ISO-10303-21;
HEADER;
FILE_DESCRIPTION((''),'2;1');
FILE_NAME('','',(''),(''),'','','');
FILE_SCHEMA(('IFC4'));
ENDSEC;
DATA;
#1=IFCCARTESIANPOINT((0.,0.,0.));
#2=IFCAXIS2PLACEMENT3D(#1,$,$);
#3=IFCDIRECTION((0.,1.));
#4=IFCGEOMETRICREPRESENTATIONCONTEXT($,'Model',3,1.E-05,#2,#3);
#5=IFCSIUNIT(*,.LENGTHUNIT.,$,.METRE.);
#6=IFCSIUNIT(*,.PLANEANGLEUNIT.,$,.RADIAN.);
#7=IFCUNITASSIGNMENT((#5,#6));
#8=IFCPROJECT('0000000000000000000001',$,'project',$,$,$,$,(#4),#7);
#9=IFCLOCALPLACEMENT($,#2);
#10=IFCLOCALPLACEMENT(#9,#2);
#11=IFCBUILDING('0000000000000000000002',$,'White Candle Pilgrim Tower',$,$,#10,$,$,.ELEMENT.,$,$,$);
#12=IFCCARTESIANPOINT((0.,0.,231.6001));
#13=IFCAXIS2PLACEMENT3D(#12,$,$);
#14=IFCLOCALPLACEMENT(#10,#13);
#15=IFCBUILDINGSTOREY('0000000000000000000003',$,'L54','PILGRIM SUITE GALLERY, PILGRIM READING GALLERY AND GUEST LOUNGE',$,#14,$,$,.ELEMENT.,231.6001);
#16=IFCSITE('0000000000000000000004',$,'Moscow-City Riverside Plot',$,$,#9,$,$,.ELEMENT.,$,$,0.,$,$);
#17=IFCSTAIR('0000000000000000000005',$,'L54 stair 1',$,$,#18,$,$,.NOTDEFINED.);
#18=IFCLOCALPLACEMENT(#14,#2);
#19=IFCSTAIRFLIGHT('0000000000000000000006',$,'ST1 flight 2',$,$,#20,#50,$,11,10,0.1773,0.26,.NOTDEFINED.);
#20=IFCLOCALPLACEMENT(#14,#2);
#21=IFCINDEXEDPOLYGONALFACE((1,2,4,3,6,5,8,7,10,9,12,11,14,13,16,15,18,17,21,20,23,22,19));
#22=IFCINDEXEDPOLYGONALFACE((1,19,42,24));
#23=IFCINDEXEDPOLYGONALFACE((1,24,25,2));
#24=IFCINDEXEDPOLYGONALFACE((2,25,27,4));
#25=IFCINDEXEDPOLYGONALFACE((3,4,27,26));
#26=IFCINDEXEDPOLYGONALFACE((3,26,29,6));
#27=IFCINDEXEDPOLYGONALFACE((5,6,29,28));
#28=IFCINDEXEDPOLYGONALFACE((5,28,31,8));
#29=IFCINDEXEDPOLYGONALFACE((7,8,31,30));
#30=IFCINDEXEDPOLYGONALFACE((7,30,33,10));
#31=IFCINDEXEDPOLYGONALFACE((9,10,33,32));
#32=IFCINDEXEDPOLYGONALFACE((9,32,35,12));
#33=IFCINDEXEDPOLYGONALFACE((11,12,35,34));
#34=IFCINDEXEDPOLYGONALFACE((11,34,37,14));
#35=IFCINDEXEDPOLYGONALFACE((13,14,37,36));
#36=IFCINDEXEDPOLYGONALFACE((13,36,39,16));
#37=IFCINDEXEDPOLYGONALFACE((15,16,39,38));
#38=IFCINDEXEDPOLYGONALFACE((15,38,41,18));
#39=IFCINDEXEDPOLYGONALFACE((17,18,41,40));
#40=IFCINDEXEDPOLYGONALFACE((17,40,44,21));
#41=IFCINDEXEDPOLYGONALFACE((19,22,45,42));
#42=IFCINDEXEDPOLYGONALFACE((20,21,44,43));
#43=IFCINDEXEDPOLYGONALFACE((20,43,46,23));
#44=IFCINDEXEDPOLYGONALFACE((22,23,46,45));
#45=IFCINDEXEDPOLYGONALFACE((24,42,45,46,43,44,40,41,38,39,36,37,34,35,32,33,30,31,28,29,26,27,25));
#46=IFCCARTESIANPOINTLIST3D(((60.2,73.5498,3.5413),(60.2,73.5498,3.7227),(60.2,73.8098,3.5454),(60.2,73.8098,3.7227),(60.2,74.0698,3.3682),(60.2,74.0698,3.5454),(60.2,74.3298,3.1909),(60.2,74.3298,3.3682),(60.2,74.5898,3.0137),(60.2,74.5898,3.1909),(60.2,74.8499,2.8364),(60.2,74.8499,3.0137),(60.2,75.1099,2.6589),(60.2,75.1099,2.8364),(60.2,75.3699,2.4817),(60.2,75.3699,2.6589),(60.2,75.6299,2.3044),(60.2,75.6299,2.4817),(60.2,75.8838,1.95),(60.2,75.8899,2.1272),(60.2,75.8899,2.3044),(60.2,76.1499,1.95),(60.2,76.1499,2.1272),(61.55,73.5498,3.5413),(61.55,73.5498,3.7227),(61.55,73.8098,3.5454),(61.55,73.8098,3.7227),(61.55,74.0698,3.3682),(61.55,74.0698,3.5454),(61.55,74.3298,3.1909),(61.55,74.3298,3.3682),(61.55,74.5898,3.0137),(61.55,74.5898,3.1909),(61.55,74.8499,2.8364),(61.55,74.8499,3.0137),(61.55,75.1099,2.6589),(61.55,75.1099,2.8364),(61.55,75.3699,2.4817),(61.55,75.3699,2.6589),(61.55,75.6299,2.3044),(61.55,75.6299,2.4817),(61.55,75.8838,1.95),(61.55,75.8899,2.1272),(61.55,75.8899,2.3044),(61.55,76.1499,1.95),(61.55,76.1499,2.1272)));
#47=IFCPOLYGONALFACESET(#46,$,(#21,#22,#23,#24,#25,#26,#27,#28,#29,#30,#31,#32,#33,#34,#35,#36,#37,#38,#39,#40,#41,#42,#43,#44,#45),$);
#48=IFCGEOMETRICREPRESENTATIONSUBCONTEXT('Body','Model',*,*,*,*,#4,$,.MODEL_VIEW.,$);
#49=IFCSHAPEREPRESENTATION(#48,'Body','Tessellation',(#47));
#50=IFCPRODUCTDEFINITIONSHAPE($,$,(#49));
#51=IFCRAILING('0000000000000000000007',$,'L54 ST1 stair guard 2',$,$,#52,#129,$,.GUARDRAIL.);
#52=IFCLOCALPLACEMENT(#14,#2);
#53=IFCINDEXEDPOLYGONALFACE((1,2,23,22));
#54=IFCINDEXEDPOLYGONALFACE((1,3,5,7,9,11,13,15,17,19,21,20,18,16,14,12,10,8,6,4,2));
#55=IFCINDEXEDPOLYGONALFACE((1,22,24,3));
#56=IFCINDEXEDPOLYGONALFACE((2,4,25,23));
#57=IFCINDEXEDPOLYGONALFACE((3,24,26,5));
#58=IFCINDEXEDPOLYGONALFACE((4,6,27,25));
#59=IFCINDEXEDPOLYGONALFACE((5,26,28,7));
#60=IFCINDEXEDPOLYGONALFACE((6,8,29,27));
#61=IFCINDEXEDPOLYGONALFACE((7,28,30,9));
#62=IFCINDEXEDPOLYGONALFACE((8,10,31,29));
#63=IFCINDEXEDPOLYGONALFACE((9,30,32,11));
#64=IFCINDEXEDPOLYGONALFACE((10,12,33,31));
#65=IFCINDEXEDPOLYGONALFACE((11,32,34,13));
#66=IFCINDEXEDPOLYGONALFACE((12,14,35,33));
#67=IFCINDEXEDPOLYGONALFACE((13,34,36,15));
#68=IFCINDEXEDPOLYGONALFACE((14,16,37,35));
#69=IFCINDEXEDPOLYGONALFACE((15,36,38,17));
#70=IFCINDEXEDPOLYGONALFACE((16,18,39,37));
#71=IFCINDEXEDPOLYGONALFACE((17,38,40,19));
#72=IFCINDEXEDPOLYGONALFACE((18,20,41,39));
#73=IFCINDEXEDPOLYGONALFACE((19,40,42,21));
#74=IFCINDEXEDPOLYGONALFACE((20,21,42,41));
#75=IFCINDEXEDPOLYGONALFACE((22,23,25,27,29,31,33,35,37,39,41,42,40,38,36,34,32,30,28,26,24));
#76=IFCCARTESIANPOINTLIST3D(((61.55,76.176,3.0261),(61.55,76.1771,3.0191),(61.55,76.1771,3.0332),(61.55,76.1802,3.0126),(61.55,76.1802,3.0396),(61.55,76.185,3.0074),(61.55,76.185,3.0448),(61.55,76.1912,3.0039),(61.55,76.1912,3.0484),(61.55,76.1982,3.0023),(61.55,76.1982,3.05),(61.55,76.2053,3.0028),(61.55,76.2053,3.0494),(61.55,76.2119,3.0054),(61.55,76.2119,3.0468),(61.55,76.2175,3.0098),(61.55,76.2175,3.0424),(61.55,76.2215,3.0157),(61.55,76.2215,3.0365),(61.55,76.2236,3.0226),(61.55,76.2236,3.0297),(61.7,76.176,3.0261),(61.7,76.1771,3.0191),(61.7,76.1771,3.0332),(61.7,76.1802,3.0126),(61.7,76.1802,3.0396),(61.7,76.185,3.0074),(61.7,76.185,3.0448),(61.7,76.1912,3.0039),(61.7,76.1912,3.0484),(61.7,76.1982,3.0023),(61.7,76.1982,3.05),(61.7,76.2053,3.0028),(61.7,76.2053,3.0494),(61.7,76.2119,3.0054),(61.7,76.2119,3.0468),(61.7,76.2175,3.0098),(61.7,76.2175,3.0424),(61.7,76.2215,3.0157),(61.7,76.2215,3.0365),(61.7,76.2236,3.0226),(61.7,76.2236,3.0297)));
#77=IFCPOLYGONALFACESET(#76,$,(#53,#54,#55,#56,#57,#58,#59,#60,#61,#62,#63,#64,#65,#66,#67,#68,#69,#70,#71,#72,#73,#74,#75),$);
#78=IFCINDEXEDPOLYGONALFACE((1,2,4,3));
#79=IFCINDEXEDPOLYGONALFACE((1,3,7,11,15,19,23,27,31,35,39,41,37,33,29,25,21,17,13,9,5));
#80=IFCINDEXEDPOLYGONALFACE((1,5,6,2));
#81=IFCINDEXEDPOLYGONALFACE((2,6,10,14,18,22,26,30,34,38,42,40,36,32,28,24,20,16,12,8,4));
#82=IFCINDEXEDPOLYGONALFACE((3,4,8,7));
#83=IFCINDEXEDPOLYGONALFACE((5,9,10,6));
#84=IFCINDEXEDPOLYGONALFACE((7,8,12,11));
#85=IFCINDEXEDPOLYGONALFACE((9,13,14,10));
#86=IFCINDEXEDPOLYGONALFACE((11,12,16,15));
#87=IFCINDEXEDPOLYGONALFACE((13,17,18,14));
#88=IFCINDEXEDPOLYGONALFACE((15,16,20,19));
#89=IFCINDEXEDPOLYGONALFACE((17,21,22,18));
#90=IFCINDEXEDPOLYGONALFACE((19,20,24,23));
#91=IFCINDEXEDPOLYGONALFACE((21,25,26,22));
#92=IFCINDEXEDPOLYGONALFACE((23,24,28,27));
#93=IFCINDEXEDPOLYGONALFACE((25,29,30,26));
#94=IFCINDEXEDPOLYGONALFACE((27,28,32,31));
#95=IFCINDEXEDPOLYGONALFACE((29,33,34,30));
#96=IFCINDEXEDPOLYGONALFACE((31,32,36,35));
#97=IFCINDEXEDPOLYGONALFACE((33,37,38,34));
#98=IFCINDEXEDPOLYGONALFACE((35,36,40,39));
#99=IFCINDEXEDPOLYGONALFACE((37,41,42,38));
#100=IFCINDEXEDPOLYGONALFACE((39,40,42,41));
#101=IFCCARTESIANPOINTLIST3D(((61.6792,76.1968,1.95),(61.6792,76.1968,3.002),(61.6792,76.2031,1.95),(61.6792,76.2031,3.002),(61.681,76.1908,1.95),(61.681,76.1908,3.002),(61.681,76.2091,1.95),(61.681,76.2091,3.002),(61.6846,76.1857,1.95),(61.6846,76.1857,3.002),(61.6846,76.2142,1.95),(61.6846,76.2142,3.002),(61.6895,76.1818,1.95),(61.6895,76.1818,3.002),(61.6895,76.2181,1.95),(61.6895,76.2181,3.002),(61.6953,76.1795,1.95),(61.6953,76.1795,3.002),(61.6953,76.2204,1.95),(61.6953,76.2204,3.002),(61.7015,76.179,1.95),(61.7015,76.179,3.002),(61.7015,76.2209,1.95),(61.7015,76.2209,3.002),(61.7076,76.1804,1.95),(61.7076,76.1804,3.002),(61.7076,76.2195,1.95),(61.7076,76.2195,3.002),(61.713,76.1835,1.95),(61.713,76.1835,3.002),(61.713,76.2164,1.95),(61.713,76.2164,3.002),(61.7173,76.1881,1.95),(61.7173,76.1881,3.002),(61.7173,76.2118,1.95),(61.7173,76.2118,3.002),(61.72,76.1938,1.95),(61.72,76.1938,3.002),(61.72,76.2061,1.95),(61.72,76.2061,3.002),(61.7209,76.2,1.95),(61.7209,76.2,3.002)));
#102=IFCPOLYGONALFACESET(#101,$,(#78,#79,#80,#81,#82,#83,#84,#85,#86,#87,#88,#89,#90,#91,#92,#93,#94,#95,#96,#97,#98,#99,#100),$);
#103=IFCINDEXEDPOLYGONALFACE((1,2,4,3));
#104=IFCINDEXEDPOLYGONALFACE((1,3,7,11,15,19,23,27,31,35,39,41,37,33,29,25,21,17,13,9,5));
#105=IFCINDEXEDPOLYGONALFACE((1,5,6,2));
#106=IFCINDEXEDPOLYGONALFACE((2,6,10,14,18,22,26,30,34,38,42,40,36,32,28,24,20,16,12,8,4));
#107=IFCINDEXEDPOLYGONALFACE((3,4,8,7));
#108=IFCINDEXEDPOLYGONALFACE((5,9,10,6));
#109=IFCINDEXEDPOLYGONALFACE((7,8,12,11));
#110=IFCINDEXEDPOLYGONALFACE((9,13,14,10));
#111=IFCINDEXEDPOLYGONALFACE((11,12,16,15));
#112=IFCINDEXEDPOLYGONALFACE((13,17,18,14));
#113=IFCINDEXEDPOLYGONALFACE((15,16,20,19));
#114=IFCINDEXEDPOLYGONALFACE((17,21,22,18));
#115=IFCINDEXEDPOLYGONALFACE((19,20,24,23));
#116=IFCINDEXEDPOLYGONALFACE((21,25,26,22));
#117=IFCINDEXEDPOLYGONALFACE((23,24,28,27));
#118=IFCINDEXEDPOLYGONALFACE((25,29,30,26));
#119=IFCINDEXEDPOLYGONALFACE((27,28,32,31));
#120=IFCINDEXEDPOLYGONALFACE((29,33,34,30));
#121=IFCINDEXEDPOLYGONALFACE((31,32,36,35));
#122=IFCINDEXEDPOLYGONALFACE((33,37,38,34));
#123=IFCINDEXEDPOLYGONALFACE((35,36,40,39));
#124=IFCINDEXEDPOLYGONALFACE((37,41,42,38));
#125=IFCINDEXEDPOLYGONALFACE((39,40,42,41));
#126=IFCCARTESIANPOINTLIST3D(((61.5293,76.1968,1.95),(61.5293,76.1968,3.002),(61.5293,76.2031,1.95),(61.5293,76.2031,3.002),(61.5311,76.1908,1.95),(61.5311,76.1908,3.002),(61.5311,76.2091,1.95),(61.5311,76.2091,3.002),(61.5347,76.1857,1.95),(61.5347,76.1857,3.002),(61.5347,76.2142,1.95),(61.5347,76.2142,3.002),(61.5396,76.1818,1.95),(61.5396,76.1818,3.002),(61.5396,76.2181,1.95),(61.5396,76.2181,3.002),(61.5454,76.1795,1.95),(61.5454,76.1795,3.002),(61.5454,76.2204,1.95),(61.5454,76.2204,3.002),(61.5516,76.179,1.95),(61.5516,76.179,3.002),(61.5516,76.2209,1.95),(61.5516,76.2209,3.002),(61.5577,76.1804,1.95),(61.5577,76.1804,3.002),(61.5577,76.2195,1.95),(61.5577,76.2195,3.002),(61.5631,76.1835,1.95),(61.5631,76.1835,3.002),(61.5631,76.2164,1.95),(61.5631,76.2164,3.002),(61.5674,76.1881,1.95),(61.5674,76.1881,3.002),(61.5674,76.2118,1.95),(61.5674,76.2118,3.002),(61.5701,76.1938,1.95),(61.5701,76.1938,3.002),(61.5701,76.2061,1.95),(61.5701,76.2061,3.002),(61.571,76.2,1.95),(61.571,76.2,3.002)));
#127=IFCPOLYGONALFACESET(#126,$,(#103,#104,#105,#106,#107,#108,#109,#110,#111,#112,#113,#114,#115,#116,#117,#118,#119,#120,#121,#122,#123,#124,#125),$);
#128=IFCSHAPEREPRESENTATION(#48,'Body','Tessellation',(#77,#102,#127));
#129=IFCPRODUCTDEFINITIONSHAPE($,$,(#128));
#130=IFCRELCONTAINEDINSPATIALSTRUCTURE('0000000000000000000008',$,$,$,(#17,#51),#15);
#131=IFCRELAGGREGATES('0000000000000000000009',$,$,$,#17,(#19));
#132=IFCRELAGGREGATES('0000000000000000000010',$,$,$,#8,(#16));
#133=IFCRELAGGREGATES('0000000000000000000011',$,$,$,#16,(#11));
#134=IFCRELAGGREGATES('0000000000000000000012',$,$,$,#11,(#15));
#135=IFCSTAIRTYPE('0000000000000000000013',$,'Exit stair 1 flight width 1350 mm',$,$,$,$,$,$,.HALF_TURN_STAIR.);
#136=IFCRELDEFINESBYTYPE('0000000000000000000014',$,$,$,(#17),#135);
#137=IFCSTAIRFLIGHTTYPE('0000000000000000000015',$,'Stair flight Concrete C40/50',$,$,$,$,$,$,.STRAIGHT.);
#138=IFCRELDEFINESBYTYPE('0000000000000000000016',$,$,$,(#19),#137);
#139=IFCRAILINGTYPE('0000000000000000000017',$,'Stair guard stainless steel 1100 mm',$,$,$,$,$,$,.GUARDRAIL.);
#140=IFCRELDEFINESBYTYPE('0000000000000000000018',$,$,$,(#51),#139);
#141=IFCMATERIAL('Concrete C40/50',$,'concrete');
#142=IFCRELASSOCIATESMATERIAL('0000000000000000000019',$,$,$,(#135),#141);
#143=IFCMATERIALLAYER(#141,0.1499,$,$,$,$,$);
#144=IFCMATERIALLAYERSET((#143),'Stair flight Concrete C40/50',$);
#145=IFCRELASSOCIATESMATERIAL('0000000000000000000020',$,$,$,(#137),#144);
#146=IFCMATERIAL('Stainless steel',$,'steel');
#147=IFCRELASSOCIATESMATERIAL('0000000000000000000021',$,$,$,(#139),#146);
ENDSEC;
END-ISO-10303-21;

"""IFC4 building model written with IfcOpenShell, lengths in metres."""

from ifc_helpers import new_model, si_unit, direction, frame, origin, origin_2d, place, context, subcontext, project, spatial, polyline, circle, outline, extrude, material, layer, layer_set, type_object, element, aggregate, save


model = new_model("IFC4")

# Units and contexts
model_context = context("Model", 3, precision=1e-05, world=origin(), true_north=direction((0.0, 1.0)))
body_context = subcontext(model_context, "Body", "Model", "MODEL_VIEW")
ifc_project = project(units=[si_unit("LENGTHUNIT", "METRE"), si_unit("PLANEANGLEUNIT", "RADIAN")], contexts=[model_context])

# Site, building, storey
site_placement = place(None, origin())
site = spatial("IfcSite", under=ifc_project, at=site_placement, Name="Moscow-City Riverside Plot", CompositionType="ELEMENT", RefElevation=0.0)
building_placement = place(site_placement, origin())
building = spatial("IfcBuilding", under=site, at=building_placement, Name="White Candle Pilgrim Tower", CompositionType="ELEMENT")
storey_placement = place(building_placement, frame((0.0, 0.0, 231.6001)))
storey = spatial("IfcBuildingStorey", under=building, at=storey_placement, Name="L54", Description="PILGRIM SUITE GALLERY, PILGRIM READING GALLERY AND GUEST LOUNGE", CompositionType="ELEMENT", Elevation=231.6001)

# Shared definitions
ifc_material_1 = material(Name="Stainless steel", Category="steel")

# Stair, stair flight
ifc_material_2 = material(Name="Concrete C40/50", Category="concrete")
stair_type = type_object("IfcStairType", Name="Exit stair 1 flight width 1350 mm", PredefinedType="HALF_TURN_STAIR", material=ifc_material_2)
stair_placement = place(storey_placement, origin())
stair = element("IfcStair", 1, at=stair_placement, inside=storey, type_object=stair_type, Name="L54 stair 1", PredefinedType="NOTDEFINED")
ifc_layer_1 = layer(ifc_material_2, 0.1499)
ifc_layer_set_1 = layer_set([ifc_layer_1], Name="Stair flight Concrete C40/50")
stair_flight_type = type_object("IfcStairFlightType", Name="Stair flight Concrete C40/50", PredefinedType="STRAIGHT", material=ifc_layer_set_1)
stair_flight_placement = place(storey_placement, frame((60.875, 76.1499, 1.95), z_axis=(0.0, 0.0, 1.0), x_axis=(0.0, -1.0, 0.0)))
stair_flight = element("IfcStairFlight", 2, at=stair_flight_placement, type_object=stair_flight_type, Name="ST1 flight 2", NumberOfRisers=11, NumberOfTreads=10, PredefinedType="NOTDEFINED", RiserHeight=0.1773, TreadLength=0.26, context=body_context, shape_type="SweptSolid", body=[
    extrude(outline(polyline([(0.0, 0.0), (0.0, 0.1772), (0.26, 0.1772), (0.26, 0.3545), (0.52, 0.3545), (0.52, 0.5317), (0.78, 0.5317), (0.78, 0.709), (1.04, 0.709), (1.04, 0.8865), (1.3, 0.8865), (1.3, 1.0637), (1.5601, 1.0637), (1.5601, 1.241), (1.8201, 1.241), (1.8201, 1.4182), (2.0801, 1.4182), (2.0801, 1.5955), (2.3401, 1.5955), (2.3401, 1.7727), (2.6001, 1.7727), (2.6001, 1.95), (2.6001, 1.5913), (0.2661, 0.0), (0.0, 0.0)])), frame((0.0, 0.675, 0.0), z_axis=(0.0, -1.0, 0.0), x_axis=(1.0, 0.0, 0.0)), (0.0, 0.0, 1.0), 1.3501),
])
aggregate(stair, [stair_flight])

# Railing
railing_type_1 = type_object("IfcRailingType", Name="Stair guard stainless steel 1100 mm", PredefinedType="GUARDRAIL", material=ifc_material_1)
railing_1_placement = place(storey_placement, frame((61.7, 76.2, 1.95)))
element("IfcRailing", 3, at=railing_1_placement, inside=storey, type_object=railing_type_1, Name="L54 ST1 stair guard 2", PredefinedType="GUARDRAIL", context=body_context, shape_type="SweptSolid", body=[
    extrude(circle(Radius=0.0239, at=origin_2d()), frame((0.0, 0.0, 1.0762), z_axis=(-1.0, 0.0, 0.0), x_axis=(0.0, -1.0, 0.0)), (0.0, 0.0, 1.0), 0.1499),
    extrude(circle(Radius=0.021, at=origin_2d()), origin(), (0.0, 0.0, 1.0), 1.052),
    extrude(circle(Radius=0.021, at=origin_2d()), frame((-0.1499, 0.0, 0.0)), (0.0, 0.0, 1.0), 1.052),
])

save(model, "model.ifc")
